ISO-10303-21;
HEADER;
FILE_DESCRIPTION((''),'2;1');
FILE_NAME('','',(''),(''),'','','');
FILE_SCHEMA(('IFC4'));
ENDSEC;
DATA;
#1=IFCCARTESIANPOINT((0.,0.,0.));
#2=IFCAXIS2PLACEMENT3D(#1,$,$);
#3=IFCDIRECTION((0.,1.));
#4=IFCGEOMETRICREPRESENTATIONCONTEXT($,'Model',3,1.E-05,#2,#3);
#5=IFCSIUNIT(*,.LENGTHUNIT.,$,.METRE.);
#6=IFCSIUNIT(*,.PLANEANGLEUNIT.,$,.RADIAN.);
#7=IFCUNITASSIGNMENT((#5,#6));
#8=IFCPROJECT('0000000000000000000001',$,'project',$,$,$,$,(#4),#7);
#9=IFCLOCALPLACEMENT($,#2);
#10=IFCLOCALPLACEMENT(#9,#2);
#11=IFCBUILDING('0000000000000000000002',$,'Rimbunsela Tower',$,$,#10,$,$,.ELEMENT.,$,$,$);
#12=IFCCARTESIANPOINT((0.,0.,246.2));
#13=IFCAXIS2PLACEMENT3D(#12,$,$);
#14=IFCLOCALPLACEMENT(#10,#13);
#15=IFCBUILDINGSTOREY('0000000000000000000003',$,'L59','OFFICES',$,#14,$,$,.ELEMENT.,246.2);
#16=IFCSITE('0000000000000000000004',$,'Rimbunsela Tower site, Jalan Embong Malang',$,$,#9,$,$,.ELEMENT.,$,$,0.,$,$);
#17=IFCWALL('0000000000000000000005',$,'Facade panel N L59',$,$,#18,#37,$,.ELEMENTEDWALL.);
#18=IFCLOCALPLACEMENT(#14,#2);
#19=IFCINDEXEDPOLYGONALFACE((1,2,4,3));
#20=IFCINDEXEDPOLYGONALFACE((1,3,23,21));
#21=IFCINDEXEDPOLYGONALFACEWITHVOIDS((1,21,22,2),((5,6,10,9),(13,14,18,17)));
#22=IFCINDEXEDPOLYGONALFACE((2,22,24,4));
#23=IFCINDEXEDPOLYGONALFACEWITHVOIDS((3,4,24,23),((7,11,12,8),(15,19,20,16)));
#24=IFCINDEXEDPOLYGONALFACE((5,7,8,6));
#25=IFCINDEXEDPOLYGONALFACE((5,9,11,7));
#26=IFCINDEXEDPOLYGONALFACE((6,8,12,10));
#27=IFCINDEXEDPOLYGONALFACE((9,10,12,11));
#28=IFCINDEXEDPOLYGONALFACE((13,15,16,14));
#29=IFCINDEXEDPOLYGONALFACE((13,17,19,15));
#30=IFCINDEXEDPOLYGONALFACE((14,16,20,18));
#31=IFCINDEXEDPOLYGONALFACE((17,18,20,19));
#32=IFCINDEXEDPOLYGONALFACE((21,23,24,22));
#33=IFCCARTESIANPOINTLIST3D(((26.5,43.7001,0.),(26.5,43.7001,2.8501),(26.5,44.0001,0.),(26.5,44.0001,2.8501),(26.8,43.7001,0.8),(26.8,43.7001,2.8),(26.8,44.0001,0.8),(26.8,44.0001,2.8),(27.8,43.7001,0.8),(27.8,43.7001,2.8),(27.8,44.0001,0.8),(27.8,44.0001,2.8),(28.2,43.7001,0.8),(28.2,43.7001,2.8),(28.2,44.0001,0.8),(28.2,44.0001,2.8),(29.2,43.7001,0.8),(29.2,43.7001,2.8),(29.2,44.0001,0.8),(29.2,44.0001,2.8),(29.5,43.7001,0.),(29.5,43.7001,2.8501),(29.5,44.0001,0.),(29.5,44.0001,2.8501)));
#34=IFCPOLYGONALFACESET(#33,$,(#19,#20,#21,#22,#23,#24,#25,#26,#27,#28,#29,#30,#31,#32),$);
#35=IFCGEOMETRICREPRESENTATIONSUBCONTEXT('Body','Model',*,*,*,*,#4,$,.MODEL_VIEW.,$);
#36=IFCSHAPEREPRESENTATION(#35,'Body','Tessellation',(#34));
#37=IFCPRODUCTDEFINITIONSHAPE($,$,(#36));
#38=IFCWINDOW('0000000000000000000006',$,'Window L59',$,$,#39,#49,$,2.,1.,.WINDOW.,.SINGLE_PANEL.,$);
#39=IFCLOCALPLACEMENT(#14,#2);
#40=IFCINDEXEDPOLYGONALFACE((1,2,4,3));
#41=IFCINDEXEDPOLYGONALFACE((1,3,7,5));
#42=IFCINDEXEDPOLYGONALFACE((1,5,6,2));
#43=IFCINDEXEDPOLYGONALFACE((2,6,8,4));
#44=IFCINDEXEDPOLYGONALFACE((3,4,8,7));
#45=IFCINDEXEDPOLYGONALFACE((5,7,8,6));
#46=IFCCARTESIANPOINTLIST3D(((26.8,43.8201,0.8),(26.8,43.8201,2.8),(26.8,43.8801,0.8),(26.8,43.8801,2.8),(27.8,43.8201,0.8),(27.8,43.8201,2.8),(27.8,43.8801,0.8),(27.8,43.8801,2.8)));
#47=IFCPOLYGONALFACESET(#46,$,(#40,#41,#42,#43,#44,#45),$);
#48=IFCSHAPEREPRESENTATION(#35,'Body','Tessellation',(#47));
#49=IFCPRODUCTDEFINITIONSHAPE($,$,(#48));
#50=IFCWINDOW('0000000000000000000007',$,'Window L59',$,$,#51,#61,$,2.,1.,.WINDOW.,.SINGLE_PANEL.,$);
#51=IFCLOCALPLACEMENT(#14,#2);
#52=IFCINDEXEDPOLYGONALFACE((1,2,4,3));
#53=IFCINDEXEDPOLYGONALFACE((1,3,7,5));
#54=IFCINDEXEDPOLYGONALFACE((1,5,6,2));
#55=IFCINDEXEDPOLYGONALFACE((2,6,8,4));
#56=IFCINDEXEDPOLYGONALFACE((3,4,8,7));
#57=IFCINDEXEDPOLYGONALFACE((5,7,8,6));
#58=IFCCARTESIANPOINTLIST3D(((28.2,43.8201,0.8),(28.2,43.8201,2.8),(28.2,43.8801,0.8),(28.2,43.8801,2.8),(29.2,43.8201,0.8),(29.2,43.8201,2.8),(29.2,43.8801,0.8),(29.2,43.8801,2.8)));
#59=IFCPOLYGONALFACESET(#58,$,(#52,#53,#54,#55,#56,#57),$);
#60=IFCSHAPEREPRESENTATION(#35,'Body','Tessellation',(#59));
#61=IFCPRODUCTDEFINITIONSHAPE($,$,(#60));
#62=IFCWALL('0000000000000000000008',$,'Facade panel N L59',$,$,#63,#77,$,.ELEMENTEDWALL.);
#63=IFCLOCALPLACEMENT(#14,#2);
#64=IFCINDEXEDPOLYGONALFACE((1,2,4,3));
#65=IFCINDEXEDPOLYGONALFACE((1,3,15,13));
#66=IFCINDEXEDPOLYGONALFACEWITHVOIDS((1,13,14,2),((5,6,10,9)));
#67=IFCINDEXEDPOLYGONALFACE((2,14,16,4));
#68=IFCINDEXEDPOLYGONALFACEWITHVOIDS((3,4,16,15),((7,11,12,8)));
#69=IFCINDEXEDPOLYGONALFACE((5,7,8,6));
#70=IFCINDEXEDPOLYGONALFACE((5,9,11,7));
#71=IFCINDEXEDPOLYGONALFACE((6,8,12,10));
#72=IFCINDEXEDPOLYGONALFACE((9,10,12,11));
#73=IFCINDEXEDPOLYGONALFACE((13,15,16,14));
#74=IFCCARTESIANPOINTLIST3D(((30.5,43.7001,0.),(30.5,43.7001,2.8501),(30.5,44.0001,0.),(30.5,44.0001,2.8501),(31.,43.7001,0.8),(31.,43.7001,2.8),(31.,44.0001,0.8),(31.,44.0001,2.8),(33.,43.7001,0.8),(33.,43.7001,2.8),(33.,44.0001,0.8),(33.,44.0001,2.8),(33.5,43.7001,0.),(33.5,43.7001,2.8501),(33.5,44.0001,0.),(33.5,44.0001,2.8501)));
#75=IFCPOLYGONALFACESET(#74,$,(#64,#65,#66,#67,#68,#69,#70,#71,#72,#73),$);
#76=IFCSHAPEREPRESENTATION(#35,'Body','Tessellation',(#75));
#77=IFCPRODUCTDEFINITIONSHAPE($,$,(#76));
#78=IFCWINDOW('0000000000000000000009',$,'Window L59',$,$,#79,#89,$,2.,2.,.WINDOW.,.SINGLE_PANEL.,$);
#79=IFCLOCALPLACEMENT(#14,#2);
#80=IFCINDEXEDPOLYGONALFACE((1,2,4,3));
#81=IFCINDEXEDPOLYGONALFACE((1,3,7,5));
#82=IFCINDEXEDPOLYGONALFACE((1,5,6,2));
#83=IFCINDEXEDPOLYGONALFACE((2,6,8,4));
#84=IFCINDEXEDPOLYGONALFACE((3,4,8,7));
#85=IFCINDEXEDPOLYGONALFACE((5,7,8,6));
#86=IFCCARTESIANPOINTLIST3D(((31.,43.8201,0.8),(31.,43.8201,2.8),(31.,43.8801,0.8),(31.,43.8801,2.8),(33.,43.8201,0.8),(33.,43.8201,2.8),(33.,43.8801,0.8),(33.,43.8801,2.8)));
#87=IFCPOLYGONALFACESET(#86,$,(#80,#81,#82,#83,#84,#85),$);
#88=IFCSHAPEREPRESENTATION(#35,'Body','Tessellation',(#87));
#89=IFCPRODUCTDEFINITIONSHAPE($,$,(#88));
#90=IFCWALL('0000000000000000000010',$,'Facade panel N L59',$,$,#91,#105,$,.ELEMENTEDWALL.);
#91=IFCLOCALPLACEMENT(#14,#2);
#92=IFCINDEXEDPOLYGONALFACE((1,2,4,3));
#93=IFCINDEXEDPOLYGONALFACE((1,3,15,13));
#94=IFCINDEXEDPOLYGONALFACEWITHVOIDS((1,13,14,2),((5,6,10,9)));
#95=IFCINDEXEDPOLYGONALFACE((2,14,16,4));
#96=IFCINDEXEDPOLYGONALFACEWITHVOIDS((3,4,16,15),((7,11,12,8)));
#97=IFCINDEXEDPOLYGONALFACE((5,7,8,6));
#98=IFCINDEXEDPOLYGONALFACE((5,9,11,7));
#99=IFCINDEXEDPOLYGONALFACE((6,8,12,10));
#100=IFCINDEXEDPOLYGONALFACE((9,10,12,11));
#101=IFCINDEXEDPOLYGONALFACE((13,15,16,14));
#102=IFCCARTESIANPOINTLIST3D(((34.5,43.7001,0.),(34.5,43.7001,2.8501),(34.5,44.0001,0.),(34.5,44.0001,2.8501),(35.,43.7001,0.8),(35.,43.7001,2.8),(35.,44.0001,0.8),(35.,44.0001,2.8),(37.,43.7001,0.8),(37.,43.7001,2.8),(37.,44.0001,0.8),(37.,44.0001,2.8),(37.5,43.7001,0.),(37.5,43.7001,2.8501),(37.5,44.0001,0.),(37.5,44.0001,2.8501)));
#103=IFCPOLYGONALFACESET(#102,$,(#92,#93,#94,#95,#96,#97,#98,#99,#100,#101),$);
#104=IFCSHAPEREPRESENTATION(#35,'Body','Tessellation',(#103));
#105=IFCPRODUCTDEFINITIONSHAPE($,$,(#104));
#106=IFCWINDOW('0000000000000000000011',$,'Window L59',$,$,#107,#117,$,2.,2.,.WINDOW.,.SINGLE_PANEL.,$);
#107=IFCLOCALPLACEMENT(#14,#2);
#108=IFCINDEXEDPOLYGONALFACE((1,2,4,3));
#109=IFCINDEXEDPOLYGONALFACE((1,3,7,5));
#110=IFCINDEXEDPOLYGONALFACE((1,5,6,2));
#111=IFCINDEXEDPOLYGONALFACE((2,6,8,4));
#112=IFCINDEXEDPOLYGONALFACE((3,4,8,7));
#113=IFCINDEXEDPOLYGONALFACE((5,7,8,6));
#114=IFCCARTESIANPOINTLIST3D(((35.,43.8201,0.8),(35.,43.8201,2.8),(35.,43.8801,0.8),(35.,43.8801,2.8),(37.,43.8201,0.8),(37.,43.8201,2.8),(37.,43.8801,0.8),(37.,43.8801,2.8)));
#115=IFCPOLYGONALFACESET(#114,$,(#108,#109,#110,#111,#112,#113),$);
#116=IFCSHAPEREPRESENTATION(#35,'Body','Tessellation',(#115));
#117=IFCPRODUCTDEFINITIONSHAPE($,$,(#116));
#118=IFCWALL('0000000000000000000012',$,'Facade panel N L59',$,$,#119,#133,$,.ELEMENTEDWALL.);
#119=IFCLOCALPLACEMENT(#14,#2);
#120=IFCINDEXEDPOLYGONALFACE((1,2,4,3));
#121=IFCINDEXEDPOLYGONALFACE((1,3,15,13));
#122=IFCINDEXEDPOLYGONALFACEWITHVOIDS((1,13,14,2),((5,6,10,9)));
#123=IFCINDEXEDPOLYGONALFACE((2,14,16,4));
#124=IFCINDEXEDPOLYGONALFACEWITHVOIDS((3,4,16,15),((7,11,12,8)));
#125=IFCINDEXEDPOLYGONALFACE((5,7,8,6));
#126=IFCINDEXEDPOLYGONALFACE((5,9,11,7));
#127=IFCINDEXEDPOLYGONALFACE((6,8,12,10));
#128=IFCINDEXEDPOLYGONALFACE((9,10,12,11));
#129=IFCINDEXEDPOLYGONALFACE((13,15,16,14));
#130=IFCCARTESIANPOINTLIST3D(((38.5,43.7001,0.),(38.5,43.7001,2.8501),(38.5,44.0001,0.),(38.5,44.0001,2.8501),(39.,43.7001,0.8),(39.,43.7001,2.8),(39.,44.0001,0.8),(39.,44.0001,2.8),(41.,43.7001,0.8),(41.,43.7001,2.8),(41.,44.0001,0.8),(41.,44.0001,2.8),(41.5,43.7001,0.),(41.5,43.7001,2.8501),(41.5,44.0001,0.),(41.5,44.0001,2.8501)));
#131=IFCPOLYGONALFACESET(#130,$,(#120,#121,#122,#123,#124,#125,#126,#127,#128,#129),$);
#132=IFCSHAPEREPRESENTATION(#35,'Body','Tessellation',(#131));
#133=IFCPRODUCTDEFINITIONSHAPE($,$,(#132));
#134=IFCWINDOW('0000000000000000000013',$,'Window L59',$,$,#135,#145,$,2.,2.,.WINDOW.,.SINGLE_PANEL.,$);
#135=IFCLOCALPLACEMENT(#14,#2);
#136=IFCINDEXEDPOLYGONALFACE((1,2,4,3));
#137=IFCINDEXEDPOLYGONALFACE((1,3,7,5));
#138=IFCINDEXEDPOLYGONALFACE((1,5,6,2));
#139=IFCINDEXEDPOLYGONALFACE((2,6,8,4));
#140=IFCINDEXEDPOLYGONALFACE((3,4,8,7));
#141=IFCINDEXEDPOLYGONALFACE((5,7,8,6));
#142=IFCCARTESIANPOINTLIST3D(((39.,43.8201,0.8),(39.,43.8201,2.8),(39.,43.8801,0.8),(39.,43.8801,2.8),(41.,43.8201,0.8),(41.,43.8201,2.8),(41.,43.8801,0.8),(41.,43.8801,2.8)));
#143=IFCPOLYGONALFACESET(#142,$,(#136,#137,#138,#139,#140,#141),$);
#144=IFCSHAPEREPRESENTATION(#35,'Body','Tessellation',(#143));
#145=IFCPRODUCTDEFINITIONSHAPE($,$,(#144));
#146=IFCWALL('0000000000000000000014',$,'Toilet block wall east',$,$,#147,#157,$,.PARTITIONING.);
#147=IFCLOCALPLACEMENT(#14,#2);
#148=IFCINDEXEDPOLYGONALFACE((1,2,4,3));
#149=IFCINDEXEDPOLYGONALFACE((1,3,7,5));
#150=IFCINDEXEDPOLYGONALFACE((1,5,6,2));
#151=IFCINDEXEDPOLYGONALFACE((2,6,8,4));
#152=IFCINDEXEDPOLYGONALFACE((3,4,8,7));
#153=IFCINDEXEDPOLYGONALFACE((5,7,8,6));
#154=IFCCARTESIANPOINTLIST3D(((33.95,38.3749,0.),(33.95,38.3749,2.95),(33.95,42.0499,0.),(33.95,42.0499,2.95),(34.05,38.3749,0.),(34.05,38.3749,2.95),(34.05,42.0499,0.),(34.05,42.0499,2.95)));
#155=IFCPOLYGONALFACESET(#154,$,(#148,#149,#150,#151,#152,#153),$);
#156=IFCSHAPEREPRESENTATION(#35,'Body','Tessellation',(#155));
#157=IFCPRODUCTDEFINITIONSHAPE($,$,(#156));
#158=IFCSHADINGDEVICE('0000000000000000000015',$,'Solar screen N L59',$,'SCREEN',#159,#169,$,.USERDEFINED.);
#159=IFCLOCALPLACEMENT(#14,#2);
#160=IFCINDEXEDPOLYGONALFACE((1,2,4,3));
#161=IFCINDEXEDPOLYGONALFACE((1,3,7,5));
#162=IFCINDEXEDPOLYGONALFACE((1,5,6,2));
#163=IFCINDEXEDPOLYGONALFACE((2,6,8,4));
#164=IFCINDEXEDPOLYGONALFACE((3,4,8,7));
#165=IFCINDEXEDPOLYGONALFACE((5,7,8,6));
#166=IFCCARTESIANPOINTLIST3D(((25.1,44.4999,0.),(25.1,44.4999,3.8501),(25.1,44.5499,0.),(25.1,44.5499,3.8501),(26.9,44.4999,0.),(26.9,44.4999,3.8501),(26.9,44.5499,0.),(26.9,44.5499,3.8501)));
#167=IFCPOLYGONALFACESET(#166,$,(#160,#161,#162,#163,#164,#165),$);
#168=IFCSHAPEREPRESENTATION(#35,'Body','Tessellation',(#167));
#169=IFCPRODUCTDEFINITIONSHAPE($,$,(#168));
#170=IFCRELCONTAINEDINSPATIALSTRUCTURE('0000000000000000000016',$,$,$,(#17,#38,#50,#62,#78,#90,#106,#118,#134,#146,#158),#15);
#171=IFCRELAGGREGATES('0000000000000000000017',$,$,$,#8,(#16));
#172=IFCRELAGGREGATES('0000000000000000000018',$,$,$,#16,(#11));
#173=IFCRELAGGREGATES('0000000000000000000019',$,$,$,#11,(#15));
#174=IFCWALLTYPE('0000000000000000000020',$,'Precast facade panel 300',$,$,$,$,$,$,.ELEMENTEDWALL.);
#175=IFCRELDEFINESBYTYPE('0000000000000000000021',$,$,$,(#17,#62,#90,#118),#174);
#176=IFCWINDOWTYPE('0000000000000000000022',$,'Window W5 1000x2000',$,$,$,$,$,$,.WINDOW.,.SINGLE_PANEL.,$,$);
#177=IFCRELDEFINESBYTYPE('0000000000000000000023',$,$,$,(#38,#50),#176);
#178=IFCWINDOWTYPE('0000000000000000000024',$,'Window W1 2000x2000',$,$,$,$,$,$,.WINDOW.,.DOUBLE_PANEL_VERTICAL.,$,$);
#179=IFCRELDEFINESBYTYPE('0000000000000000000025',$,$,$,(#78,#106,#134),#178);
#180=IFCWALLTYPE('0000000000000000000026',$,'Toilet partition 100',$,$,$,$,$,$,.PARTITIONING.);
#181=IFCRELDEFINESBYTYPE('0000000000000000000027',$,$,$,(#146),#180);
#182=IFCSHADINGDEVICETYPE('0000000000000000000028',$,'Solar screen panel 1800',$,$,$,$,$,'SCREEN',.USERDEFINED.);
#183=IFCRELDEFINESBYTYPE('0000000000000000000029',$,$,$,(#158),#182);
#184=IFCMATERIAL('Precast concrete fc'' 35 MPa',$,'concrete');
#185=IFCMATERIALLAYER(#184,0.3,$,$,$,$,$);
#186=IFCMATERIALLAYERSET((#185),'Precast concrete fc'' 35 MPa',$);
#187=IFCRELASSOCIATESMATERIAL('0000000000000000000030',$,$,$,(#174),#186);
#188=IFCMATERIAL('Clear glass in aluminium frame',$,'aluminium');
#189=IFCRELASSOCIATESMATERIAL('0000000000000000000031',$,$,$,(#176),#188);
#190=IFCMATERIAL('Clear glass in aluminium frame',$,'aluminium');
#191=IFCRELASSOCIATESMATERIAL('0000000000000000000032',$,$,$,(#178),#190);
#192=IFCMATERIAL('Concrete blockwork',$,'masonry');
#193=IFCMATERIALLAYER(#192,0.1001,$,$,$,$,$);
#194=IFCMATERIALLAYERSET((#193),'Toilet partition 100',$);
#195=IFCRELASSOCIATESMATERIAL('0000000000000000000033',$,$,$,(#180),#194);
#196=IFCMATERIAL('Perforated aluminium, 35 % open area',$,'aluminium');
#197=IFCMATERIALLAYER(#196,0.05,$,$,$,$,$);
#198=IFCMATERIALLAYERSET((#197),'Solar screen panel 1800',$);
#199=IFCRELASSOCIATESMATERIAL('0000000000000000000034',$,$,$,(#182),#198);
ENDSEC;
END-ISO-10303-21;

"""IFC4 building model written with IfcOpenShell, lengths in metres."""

from ifc_helpers import new_model, si_unit, direction, frame, frame_2d, origin, origin_2d, place, context, subcontext, project, spatial, rectangle, extrude, material, layer, layer_set, type_object, element, fill, save


model = new_model("IFC4")

# Units and contexts
model_context = context("Model", 3, precision=1e-05, world=origin(), true_north=direction((0.0, 1.0)))
body_context = subcontext(model_context, "Body", "Model", "MODEL_VIEW")
ifc_project = project(units=[si_unit("LENGTHUNIT", "METRE"), si_unit("PLANEANGLEUNIT", "RADIAN")], contexts=[model_context])

# Site, building, storey
site_placement = place(None, origin())
site = spatial("IfcSite", under=ifc_project, at=site_placement, Name="Rimbunsela Tower site, Jalan Embong Malang", CompositionType="ELEMENT", RefElevation=0.0)
building_placement = place(site_placement, origin())
building = spatial("IfcBuilding", under=site, at=building_placement, Name="Rimbunsela Tower", CompositionType="ELEMENT")
storey_placement = place(building_placement, frame((0.0, 0.0, 246.2)))
storey = spatial("IfcBuildingStorey", under=building, at=storey_placement, Name="L59", Description="OFFICES", CompositionType="ELEMENT", Elevation=246.2)

# Wall, openings, windows
ifc_material_1 = material(Name="Precast concrete fc' 35 MPa", Category="concrete")
ifc_layer_1 = layer(ifc_material_1, 0.3)
ifc_layer_set_1 = layer_set([ifc_layer_1], Name="Precast concrete fc' 35 MPa")
wall_type_1 = type_object("IfcWallType", Name="Precast facade panel 300", PredefinedType="ELEMENTEDWALL", material=ifc_layer_set_1)
wall_1_placement = place(storey_placement, frame((29.5, 43.8501, 0.0), z_axis=(0.0, 0.0, 1.0), x_axis=(-1.0, 0.0, 0.0)))
wall_1 = element("IfcWall", 1, at=wall_1_placement, inside=storey, type_object=wall_type_1, Name="Facade panel N L59", PredefinedType="ELEMENTEDWALL", context=body_context, shape_type="SweptSolid", body=[
    extrude(rectangle(XDim=3.0, YDim=0.3, at=frame_2d((1.5, 0.0))), origin(), (0.0, 0.0, 1.0), 2.8501),
])
opening_1_placement = place(wall_1_placement, frame((1.7, 0.0, 0.8)))
opening_1 = element("IfcOpeningElement", 2, at=opening_1_placement, cuts=wall_1, PredefinedType="OPENING", context=body_context, shape_type="SweptSolid", body=[
    extrude(rectangle(XDim=1.0, YDim=2.0, at=frame_2d((0.5, 1.0))), frame((0.0, 0.1599, 0.0), z_axis=(0.0, -1.0, 0.0), x_axis=(1.0, 0.0, 0.0)), (0.0, 0.0, 1.0), 0.3201),
])
opening_2_placement = place(wall_1_placement, frame((0.3, 0.0, 0.8)))
opening_2 = element("IfcOpeningElement", 3, at=opening_2_placement, cuts=wall_1, PredefinedType="OPENING", context=body_context, shape_type="SweptSolid", body=[
    extrude(rectangle(XDim=1.0, YDim=2.0, at=frame_2d((0.5, 1.0))), frame((0.0, 0.1599, 0.0), z_axis=(0.0, -1.0, 0.0), x_axis=(1.0, 0.0, 0.0)), (0.0, 0.0, 1.0), 0.3201),
])
ifc_material_2 = material(Name="Clear glass in aluminium frame", Category="aluminium")
window_type_1 = type_object("IfcWindowType", Name="Window W5 1000x2000", PartitioningType="SINGLE_PANEL", PredefinedType="WINDOW", material=ifc_material_2)
window_1_placement = place(opening_1_placement, origin())
window_1 = element("IfcWindow", 4, at=window_1_placement, inside=storey, type_object=window_type_1, Name="Window L59", OverallHeight=2.0, OverallWidth=1.0, PartitioningType="SINGLE_PANEL", PredefinedType="WINDOW", context=body_context, shape_type="SweptSolid", body=[
    extrude(rectangle(XDim=1.0, YDim=2.0, at=frame_2d((0.5, 1.0))), frame((0.0, 0.03, 0.0), z_axis=(0.0, -1.0, 0.0), x_axis=(1.0, 0.0, 0.0)), (0.0, 0.0, 1.0), 0.0601),
])
fill(opening_1, window_1)
window_2_placement = place(opening_2_placement, origin())
window_2 = element("IfcWindow", 5, at=window_2_placement, inside=storey, type_object=window_type_1, Name="Window L59", OverallHeight=2.0, OverallWidth=1.0, PartitioningType="SINGLE_PANEL", PredefinedType="WINDOW", context=body_context, shape_type="SweptSolid", body=[
    extrude(rectangle(XDim=1.0, YDim=2.0, at=frame_2d((0.5, 1.0))), frame((0.0, 0.03, 0.0), z_axis=(0.0, -1.0, 0.0), x_axis=(1.0, 0.0, 0.0)), (0.0, 0.0, 1.0), 0.0601),
])
fill(opening_2, window_2)

# Walls, openings, windows
wall_2_placement = place(storey_placement, frame((33.5, 43.8501, 0.0), z_axis=(0.0, 0.0, 1.0), x_axis=(-1.0, 0.0, 0.0)))
wall_2 = element("IfcWall", 6, at=wall_2_placement, inside=storey, type_object=wall_type_1, Name="Facade panel N L59", PredefinedType="ELEMENTEDWALL", context=body_context, shape_type="SweptSolid", body=[
    extrude(rectangle(XDim=3.0, YDim=0.3, at=frame_2d((1.5, 0.0))), origin(), (0.0, 0.0, 1.0), 2.8501),
])
opening_3_placement = place(wall_2_placement, frame((0.5, 0.0, 0.8)))
opening_3 = element("IfcOpeningElement", 7, at=opening_3_placement, cuts=wall_2, PredefinedType="OPENING", context=body_context, shape_type="SweptSolid", body=[
    extrude(rectangle(XDim=2.0, YDim=2.0, at=frame_2d((1.0, 1.0))), frame((0.0, 0.1599, 0.0), z_axis=(0.0, -1.0, 0.0), x_axis=(1.0, 0.0, 0.0)), (0.0, 0.0, 1.0), 0.3201),
])
ifc_material_3 = material(Name="Clear glass in aluminium frame", Category="aluminium")
window_type_2 = type_object("IfcWindowType", Name="Window W1 2000x2000", PartitioningType="DOUBLE_PANEL_VERTICAL", PredefinedType="WINDOW", material=ifc_material_3)
window_3_placement = place(opening_3_placement, origin())
window_3 = element("IfcWindow", 8, at=window_3_placement, inside=storey, type_object=window_type_2, Name="Window L59", OverallHeight=2.0, OverallWidth=2.0, PartitioningType="SINGLE_PANEL", PredefinedType="WINDOW", context=body_context, shape_type="SweptSolid", body=[
    extrude(rectangle(XDim=2.0, YDim=2.0, at=frame_2d((1.0, 1.0))), frame((0.0, 0.03, 0.0), z_axis=(0.0, -1.0, 0.0), x_axis=(1.0, 0.0, 0.0)), (0.0, 0.0, 1.0), 0.0601),
])
fill(opening_3, window_3)
wall_3_placement = place(storey_placement, frame((37.5, 43.8501, 0.0), z_axis=(0.0, 0.0, 1.0), x_axis=(-1.0, 0.0, 0.0)))
wall_3 = element("IfcWall", 9, at=wall_3_placement, inside=storey, type_object=wall_type_1, Name="Facade panel N L59", PredefinedType="ELEMENTEDWALL", context=body_context, shape_type="SweptSolid", body=[
    extrude(rectangle(XDim=3.0, YDim=0.3, at=frame_2d((1.5, 0.0))), origin(), (0.0, 0.0, 1.0), 2.8501),
])
opening_4_placement = place(wall_3_placement, frame((0.5, 0.0, 0.8)))
opening_4 = element("IfcOpeningElement", 10, at=opening_4_placement, cuts=wall_3, PredefinedType="OPENING", context=body_context, shape_type="SweptSolid", body=[
    extrude(rectangle(XDim=2.0, YDim=2.0, at=frame_2d((1.0, 1.0))), frame((0.0, 0.1599, 0.0), z_axis=(0.0, -1.0, 0.0), x_axis=(1.0, 0.0, 0.0)), (0.0, 0.0, 1.0), 0.3201),
])
window_4_placement = place(opening_4_placement, origin())
window_4 = element("IfcWindow", 11, at=window_4_placement, inside=storey, type_object=window_type_2, Name="Window L59", OverallHeight=2.0, OverallWidth=2.0, PartitioningType="SINGLE_PANEL", PredefinedType="WINDOW", context=body_context, shape_type="SweptSolid", body=[
    extrude(rectangle(XDim=2.0, YDim=2.0, at=frame_2d((1.0, 1.0))), frame((0.0, 0.03, 0.0), z_axis=(0.0, -1.0, 0.0), x_axis=(1.0, 0.0, 0.0)), (0.0, 0.0, 1.0), 0.0601),
])
fill(opening_4, window_4)
wall_4_placement = place(storey_placement, frame((41.5, 43.8501, 0.0), z_axis=(0.0, 0.0, 1.0), x_axis=(-1.0, 0.0, 0.0)))
wall_4 = element("IfcWall", 12, at=wall_4_placement, inside=storey, type_object=wall_type_1, Name="Facade panel N L59", PredefinedType="ELEMENTEDWALL", context=body_context, shape_type="SweptSolid", body=[
    extrude(rectangle(XDim=3.0, YDim=0.3, at=frame_2d((1.5, 0.0))), origin(), (0.0, 0.0, 1.0), 2.8501),
])
opening_5_placement = place(wall_4_placement, frame((0.5, 0.0, 0.8)))
opening_5 = element("IfcOpeningElement", 13, at=opening_5_placement, cuts=wall_4, PredefinedType="OPENING", context=body_context, shape_type="SweptSolid", body=[
    extrude(rectangle(XDim=2.0, YDim=2.0, at=frame_2d((1.0, 1.0))), frame((0.0, 0.1599, 0.0), z_axis=(0.0, -1.0, 0.0), x_axis=(1.0, 0.0, 0.0)), (0.0, 0.0, 1.0), 0.3201),
])
window_5_placement = place(opening_5_placement, origin())
window_5 = element("IfcWindow", 14, at=window_5_placement, inside=storey, type_object=window_type_2, Name="Window L59", OverallHeight=2.0, OverallWidth=2.0, PartitioningType="SINGLE_PANEL", PredefinedType="WINDOW", context=body_context, shape_type="SweptSolid", body=[
    extrude(rectangle(XDim=2.0, YDim=2.0, at=frame_2d((1.0, 1.0))), frame((0.0, 0.03, 0.0), z_axis=(0.0, -1.0, 0.0), x_axis=(1.0, 0.0, 0.0)), (0.0, 0.0, 1.0), 0.0601),
])
fill(opening_5, window_5)

# Wall
ifc_material_4 = material(Name="Concrete blockwork", Category="masonry")
ifc_layer_2 = layer(ifc_material_4, 0.1001)
ifc_layer_set_2 = layer_set([ifc_layer_2], Name="Toilet partition 100")
wall_type_2 = type_object("IfcWallType", Name="Toilet partition 100", PredefinedType="PARTITIONING", material=ifc_layer_set_2)
wall_5_placement = place(storey_placement, frame((34.0, 38.375, 0.0), z_axis=(0.0, 0.0, 1.0), x_axis=(0.0, 1.0, 0.0)))
element("IfcWall", 15, at=wall_5_placement, inside=storey, type_object=wall_type_2, Name="Toilet block wall east", PredefinedType="PARTITIONING", context=body_context, shape_type="SweptSolid", body=[
    extrude(rectangle(XDim=3.675, YDim=0.1001, at=frame_2d((1.8374, 0.0))), origin(), (0.0, 0.0, 1.0), 2.95),
])

# Shading device
ifc_material_5 = material(Name="Perforated aluminium, 35 % open area", Category="aluminium")
ifc_layer_3 = layer(ifc_material_5, 0.05)
ifc_layer_set_3 = layer_set([ifc_layer_3], Name="Solar screen panel 1800")
shading_device_type = type_object("IfcShadingDeviceType", Name="Solar screen panel 1800", ElementType="SCREEN", PredefinedType="USERDEFINED", material=ifc_layer_set_3)
for number, where, z_axis, x_axis, name in (
    (16, (26.0, 44.5249, 0.0), (0.0, 0.0, 1.0), (1.0, 0.0, 0.0), "Solar screen N L59"),
):
    element("IfcShadingDevice", number, at=place(storey_placement, frame(where, z_axis=z_axis, x_axis=x_axis)), inside=storey, type_object=shading_device_type, Name=name, ObjectType="SCREEN", PredefinedType="USERDEFINED", context=body_context, shape_type="SweptSolid", body=[
        extrude(rectangle(XDim=1.8, YDim=0.05, at=origin_2d()), origin(), (0.0, 0.0, 1.0), 3.8501),
    ])

save(model, "model.ifc")
